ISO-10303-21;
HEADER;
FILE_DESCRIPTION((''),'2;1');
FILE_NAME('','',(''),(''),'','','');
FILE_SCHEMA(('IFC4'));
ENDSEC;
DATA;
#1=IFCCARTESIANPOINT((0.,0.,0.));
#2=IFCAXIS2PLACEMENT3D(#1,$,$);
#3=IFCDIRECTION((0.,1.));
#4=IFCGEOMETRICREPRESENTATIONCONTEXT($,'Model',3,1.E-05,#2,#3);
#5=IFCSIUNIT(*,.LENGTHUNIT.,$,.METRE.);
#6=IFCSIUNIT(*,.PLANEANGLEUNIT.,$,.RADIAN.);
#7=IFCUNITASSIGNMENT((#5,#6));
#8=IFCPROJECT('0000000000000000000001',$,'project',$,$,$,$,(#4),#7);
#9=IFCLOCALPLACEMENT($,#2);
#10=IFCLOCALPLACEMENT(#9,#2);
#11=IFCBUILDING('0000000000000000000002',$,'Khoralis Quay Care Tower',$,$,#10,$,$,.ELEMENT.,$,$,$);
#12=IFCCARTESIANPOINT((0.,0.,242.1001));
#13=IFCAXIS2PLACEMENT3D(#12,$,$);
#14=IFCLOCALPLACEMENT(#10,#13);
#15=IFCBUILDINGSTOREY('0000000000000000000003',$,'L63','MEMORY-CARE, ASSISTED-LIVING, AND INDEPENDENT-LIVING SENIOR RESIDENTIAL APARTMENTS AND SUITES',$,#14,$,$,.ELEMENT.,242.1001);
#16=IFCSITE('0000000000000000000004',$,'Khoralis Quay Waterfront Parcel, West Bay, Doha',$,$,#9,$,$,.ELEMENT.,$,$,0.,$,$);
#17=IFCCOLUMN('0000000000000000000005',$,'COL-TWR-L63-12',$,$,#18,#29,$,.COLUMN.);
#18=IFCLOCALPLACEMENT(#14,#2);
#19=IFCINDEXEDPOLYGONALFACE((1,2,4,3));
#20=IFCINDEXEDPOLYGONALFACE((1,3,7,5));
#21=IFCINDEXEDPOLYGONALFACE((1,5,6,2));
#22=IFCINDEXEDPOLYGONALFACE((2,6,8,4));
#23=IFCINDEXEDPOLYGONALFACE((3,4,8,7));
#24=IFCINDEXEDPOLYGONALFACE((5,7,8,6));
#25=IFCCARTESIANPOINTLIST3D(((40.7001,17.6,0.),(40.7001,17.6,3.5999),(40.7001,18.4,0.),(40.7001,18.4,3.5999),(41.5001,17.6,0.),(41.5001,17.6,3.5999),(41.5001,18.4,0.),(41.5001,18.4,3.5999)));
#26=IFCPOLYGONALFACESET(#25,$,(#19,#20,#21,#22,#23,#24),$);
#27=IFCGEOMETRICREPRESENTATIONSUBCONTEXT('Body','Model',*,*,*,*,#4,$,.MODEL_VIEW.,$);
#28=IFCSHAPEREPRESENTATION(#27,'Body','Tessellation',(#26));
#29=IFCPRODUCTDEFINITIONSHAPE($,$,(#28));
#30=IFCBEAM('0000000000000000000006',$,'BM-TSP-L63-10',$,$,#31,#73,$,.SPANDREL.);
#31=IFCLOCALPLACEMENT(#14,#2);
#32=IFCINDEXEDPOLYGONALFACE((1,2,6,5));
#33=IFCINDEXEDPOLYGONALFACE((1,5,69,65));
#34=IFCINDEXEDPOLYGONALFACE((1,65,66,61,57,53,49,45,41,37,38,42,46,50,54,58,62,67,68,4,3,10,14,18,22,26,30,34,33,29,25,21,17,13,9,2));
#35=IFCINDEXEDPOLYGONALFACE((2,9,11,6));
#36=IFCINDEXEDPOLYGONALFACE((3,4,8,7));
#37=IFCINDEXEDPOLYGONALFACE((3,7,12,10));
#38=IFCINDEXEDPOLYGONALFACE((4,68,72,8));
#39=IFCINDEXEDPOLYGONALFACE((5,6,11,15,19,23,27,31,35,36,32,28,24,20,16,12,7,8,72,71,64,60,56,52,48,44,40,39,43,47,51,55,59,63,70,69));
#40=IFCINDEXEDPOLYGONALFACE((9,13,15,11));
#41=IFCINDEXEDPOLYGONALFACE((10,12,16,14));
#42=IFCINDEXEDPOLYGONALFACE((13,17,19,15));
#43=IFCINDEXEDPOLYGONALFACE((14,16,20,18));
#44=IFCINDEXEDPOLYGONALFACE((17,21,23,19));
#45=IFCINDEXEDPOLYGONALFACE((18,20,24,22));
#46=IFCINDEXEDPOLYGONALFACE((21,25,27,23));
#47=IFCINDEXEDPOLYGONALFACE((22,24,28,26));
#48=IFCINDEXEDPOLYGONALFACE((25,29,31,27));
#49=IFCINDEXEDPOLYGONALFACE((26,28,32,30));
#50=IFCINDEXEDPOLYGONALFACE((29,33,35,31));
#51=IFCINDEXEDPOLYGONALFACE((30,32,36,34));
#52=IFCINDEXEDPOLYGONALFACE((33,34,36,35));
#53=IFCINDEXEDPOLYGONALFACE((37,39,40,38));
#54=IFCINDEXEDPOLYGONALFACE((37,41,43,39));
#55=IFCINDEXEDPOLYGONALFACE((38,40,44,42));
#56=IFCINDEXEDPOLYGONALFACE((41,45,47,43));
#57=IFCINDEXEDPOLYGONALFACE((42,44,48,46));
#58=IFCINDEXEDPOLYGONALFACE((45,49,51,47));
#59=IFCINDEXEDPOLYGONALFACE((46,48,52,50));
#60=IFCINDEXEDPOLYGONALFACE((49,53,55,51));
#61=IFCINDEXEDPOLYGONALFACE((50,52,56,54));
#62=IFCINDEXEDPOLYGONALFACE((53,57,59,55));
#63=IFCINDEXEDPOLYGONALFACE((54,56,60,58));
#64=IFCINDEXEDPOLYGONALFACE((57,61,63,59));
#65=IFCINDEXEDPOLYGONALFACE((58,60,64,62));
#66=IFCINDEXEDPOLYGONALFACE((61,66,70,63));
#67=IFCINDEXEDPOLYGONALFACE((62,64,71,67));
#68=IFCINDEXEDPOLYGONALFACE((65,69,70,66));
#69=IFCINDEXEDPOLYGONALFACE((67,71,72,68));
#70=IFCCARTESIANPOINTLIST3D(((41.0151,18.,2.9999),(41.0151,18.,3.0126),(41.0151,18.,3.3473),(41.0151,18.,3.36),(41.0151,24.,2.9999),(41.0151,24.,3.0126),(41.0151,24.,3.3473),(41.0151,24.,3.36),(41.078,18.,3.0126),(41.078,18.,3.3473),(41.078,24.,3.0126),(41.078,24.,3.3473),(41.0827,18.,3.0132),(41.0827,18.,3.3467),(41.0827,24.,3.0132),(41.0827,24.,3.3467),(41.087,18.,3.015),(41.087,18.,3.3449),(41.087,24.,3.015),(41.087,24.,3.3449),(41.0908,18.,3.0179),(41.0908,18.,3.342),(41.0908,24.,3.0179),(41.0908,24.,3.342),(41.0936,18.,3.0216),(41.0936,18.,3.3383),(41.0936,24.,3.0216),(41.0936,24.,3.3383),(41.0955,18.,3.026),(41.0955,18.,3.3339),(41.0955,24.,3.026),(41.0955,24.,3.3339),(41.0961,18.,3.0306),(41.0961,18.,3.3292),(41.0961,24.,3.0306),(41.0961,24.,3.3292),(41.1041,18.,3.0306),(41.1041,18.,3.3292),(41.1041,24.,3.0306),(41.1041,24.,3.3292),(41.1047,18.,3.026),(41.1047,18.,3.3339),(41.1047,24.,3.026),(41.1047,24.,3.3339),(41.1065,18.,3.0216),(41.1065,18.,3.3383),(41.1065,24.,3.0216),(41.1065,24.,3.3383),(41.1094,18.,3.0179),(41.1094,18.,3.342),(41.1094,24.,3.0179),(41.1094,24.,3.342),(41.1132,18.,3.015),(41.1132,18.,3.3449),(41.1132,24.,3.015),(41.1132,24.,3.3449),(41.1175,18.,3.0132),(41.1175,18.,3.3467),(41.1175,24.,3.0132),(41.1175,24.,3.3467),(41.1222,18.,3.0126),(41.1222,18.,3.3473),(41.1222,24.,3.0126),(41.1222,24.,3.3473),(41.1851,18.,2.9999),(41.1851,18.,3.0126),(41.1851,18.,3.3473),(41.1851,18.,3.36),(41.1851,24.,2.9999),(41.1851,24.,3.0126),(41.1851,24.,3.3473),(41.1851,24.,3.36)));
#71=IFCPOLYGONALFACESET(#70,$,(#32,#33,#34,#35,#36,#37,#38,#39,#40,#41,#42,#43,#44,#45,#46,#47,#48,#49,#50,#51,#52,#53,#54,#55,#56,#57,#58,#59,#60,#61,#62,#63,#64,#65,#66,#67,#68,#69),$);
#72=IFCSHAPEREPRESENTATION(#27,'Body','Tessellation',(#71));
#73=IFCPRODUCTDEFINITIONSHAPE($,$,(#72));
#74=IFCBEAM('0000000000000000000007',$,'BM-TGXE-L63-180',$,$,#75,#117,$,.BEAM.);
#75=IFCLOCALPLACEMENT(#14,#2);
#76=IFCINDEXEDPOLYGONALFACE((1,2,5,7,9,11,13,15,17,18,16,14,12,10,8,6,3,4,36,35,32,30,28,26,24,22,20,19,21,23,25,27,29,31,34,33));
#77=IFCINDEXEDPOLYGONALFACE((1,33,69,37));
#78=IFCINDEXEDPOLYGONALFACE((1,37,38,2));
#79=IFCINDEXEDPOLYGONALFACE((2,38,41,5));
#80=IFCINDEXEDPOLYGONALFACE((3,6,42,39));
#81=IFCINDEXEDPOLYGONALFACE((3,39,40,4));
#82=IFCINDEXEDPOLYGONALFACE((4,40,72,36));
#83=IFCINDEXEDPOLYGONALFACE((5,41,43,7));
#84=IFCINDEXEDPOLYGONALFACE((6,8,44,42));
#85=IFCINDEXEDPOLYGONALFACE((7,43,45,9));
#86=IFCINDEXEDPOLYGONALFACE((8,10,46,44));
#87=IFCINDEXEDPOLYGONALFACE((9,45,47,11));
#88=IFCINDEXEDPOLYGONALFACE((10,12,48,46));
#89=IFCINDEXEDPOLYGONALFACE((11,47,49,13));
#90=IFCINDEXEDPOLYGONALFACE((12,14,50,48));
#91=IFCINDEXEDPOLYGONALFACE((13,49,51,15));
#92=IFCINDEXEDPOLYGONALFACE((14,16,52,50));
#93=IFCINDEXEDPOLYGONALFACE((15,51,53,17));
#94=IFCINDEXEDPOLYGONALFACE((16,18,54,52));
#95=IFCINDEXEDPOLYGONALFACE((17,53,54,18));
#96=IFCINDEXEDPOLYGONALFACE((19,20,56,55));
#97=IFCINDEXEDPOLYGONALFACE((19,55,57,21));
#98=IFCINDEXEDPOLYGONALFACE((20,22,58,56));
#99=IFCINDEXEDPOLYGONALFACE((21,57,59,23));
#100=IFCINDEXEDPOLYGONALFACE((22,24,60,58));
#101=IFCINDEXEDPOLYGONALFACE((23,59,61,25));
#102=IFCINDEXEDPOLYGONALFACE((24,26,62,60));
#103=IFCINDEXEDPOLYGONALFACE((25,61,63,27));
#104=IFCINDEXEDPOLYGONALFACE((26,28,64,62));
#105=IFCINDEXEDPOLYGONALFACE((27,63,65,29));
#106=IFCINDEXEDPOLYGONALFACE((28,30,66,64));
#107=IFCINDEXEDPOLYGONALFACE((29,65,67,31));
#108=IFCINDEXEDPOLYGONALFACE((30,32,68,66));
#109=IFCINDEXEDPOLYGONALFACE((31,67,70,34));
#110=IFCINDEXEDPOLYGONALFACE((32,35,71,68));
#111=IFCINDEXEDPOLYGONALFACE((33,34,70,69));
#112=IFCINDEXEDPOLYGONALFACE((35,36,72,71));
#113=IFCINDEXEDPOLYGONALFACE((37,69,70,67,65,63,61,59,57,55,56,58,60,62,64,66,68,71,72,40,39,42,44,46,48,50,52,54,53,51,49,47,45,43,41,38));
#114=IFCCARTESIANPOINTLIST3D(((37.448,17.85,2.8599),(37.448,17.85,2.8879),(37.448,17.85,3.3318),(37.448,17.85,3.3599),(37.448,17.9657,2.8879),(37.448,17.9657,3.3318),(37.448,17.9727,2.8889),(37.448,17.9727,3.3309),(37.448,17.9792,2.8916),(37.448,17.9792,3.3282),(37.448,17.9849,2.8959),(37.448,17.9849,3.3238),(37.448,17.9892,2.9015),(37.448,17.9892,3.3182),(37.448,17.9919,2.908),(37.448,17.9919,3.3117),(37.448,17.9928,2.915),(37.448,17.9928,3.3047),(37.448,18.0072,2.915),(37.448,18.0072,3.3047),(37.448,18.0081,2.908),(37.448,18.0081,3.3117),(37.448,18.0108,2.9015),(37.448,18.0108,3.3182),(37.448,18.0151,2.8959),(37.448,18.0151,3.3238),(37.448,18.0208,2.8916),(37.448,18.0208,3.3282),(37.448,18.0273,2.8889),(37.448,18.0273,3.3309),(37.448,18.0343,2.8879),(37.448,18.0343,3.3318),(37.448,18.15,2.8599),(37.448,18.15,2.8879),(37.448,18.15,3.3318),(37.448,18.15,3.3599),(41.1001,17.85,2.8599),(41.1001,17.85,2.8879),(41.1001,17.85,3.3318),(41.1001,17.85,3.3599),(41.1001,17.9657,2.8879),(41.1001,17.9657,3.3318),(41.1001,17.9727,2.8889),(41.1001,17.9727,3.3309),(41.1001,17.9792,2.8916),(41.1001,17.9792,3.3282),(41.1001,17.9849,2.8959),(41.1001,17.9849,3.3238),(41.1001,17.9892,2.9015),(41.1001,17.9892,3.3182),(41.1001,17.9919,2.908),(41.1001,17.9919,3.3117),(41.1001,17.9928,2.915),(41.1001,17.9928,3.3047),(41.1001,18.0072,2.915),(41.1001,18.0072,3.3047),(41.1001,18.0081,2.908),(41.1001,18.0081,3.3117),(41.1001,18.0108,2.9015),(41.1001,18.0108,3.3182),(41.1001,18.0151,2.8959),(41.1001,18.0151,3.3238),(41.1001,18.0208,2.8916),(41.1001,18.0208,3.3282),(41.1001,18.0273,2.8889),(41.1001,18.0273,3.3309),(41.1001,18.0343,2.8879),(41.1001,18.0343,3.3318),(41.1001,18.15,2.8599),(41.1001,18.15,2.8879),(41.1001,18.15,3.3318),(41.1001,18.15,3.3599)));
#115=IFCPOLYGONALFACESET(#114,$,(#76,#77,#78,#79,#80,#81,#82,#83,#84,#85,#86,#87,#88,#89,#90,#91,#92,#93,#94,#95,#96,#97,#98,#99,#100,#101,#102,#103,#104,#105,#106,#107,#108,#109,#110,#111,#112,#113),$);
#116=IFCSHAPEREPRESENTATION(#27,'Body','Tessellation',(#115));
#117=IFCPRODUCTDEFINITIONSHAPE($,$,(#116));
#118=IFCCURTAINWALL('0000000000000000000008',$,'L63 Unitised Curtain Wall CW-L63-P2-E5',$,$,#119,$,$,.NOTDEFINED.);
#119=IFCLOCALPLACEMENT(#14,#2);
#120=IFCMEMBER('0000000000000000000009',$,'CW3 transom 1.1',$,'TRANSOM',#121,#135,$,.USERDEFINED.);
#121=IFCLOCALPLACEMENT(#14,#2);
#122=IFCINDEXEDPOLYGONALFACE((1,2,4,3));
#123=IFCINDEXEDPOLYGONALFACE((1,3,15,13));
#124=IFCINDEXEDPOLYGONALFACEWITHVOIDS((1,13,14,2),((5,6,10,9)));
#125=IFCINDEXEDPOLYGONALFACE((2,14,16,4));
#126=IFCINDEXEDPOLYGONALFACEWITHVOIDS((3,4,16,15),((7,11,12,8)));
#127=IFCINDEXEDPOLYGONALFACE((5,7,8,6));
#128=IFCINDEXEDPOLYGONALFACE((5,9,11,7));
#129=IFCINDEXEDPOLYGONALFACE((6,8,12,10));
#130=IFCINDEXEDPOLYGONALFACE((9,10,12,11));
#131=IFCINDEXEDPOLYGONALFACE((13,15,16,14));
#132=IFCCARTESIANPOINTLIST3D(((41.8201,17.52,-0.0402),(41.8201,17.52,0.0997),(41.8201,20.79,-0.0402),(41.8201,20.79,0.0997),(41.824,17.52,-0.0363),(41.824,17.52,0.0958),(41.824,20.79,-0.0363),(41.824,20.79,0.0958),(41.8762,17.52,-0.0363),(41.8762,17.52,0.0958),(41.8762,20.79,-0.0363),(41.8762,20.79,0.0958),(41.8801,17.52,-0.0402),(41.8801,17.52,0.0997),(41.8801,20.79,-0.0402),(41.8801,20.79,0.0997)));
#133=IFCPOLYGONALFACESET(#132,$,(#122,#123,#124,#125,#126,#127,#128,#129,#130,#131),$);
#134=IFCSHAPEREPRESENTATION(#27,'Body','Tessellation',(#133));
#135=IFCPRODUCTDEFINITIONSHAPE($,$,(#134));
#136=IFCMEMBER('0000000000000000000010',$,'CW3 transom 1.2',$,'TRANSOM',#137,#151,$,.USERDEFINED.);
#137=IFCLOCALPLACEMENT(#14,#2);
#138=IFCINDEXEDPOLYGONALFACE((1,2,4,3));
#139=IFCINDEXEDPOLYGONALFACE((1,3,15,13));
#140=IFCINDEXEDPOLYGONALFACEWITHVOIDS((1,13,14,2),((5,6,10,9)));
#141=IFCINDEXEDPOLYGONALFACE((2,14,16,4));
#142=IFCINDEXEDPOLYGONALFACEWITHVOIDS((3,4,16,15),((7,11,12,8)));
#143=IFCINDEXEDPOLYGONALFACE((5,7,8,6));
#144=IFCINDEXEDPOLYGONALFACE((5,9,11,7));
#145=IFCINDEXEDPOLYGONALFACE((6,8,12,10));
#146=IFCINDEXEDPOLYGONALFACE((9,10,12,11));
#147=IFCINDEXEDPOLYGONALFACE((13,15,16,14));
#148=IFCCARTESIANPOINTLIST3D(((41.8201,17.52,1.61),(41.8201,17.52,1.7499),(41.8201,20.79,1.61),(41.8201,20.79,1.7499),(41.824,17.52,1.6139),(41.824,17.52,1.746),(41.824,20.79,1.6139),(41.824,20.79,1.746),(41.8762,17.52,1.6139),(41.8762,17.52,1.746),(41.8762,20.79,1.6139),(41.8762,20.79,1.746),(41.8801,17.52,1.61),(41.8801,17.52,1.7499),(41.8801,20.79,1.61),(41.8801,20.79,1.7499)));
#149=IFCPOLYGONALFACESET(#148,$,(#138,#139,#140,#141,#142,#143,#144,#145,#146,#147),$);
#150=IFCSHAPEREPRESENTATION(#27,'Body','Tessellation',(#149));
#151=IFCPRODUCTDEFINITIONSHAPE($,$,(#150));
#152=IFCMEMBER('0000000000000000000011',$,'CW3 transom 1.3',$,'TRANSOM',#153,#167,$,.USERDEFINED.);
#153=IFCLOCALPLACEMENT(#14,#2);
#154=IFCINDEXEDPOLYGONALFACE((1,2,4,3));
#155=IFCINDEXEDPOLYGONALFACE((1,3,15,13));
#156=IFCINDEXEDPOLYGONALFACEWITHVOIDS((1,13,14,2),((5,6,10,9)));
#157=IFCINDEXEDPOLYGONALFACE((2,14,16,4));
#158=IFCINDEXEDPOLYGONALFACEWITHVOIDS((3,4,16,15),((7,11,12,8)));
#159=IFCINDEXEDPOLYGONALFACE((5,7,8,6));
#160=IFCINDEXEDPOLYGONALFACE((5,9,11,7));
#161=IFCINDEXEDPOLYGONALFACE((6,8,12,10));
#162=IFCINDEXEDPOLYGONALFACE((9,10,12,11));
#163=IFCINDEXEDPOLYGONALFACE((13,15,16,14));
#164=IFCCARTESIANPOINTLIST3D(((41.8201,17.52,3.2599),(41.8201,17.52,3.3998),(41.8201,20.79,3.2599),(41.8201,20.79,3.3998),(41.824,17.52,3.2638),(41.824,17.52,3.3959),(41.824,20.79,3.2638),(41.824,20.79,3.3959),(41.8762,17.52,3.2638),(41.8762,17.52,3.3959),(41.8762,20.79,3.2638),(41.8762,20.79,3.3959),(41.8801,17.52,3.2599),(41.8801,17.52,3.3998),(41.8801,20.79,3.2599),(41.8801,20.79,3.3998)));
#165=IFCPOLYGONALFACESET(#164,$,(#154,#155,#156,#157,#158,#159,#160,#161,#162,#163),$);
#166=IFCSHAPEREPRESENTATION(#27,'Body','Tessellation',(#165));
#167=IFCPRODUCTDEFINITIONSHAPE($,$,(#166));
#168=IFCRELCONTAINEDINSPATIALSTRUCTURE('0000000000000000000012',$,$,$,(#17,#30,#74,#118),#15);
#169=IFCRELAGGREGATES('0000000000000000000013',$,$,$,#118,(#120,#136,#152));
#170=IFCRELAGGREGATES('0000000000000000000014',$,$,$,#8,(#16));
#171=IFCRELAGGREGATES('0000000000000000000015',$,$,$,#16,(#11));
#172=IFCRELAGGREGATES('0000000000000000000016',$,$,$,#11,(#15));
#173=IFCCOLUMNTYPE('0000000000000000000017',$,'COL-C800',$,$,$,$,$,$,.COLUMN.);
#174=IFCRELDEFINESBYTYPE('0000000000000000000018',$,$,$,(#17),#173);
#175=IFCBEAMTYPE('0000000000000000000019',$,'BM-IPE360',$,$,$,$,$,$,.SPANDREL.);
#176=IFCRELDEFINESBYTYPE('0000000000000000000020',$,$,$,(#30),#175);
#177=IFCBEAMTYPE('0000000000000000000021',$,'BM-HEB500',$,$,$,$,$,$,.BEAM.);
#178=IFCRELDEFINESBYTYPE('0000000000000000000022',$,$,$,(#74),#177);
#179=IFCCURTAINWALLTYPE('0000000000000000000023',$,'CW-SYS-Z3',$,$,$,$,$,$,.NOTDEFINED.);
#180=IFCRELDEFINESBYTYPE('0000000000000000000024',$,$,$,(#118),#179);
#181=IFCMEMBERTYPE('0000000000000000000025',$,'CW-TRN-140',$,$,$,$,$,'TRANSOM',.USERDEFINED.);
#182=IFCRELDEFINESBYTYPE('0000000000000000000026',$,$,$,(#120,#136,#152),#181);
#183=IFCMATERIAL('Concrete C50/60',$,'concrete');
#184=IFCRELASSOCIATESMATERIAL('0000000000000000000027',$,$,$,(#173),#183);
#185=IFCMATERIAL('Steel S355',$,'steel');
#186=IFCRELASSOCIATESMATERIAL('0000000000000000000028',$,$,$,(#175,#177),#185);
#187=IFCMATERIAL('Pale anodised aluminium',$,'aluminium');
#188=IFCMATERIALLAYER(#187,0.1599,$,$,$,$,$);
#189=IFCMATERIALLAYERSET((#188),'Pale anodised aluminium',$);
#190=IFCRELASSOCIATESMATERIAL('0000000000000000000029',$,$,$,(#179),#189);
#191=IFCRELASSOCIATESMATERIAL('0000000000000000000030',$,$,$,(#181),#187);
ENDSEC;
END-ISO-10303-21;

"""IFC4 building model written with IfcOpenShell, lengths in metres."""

from ifc_helpers import new_model, si_unit, direction, frame, origin, origin_2d, place, context, subcontext, project, spatial, rectangle, hollow_rectangle, i_section, extrude, source, transform, mapped, material, layer, layer_set, material_profile, profile_set, type_object, element, aggregate, save


model = new_model("IFC4")

# Units and contexts
model_context = context("Model", 3, precision=1e-05, world=origin(), true_north=direction((0.0, 1.0)))
body_context = subcontext(model_context, "Body", "Model", "MODEL_VIEW")
ifc_project = project(units=[si_unit("LENGTHUNIT", "METRE"), si_unit("PLANEANGLEUNIT", "RADIAN")], contexts=[model_context])

# Site, building, storey
site_placement = place(None, origin())
site = spatial("IfcSite", under=ifc_project, at=site_placement, Name="Khoralis Quay Waterfront Parcel, West Bay, Doha", CompositionType="ELEMENT", RefElevation=0.0)
building_placement = place(site_placement, origin())
building = spatial("IfcBuilding", under=site, at=building_placement, Name="Khoralis Quay Care Tower", CompositionType="ELEMENT")
storey_placement = place(building_placement, frame((0.0, 0.0, 242.1001)))
storey = spatial("IfcBuildingStorey", under=building, at=storey_placement, Name="L63", Description="MEMORY-CARE, ASSISTED-LIVING, AND INDEPENDENT-LIVING SENIOR RESIDENTIAL APARTMENTS AND SUITES", CompositionType="ELEMENT", Elevation=242.1001)

# Column
ifc_material_1 = material(Name="Concrete C50/60", Category="concrete")
ifc_material_profile_1 = material_profile(ifc_material_1, rectangle(XDim=0.8, YDim=0.8, at=origin_2d()), Name="Concrete C50/60")
ifc_profile_set_1 = profile_set([ifc_material_profile_1], Name="Concrete C50/60")
column_type = type_object("IfcColumnType", Name="COL-C800", PredefinedType="COLUMN", material=ifc_profile_set_1)
shared_shape_1 = source(origin(), body_context, "Body", "SweptSolid", [
    extrude(rectangle(XDim=0.8, YDim=0.8, at=origin_2d()), origin(), (0.0, 0.0, 1.0), 3.5999),
])
column_placement = place(storey_placement, frame((41.1001, 18.0, 0.0), z_axis=(0.0, 0.0, 1.0), x_axis=(1.0, 0.0, 0.0)))
element("IfcColumn", 1, at=column_placement, inside=storey, type_object=column_type, Name="COL-TWR-L63-12", PredefinedType="COLUMN", context=body_context, shape_type="MappedRepresentation", body=[
    mapped(shared_shape_1, transform((0.0, 0.0, 0.0), scale=1.0)),
])

# Beams
ifc_material_2 = material(Name="Steel S355", Category="steel")
ifc_material_profile_2 = material_profile(ifc_material_2, i_section(OverallWidth=0.1699, OverallDepth=0.3601, WebThickness=0.0081, FlangeThickness=0.0127, FilletRadius=0.0181, at=origin_2d()), Name="Steel S355")
ifc_profile_set_2 = profile_set([ifc_material_profile_2], Name="Steel S355")
beam_type_1 = type_object("IfcBeamType", Name="BM-IPE360", PredefinedType="SPANDREL", material=ifc_profile_set_2)
shared_shape_2 = source(origin(), body_context, "Body", "SweptSolid", [
    extrude(i_section(OverallWidth=0.1699, OverallDepth=0.3601, WebThickness=0.0081, FlangeThickness=0.0127, FilletRadius=0.0181, at=origin_2d()), origin(), (0.0, 0.0, 1.0), 6.0),
])
beam_1_placement = place(storey_placement, frame((41.1001, 18.0, 3.1799), z_axis=(0.0, 1.0, 0.0), x_axis=(-1.0, 0.0, 0.0)))
element("IfcBeam", 2, at=beam_1_placement, inside=storey, type_object=beam_type_1, Name="BM-TSP-L63-10", PredefinedType="SPANDREL", context=body_context, shape_type="MappedRepresentation", body=[
    mapped(shared_shape_2, transform((0.0, 0.0, 0.0), scale=1.0)),
])
ifc_material_profile_3 = material_profile(ifc_material_2, i_section(OverallWidth=0.3, OverallDepth=0.5, WebThickness=0.0144, FlangeThickness=0.0281, FilletRadius=0.0271, at=origin_2d()), Name="Steel S355")
ifc_profile_set_3 = profile_set([ifc_material_profile_3], Name="Steel S355")
beam_type_2 = type_object("IfcBeamType", Name="BM-HEB500", PredefinedType="BEAM", material=ifc_profile_set_3)
shared_shape_3 = source(origin(), body_context, "Body", "SweptSolid", [
    extrude(i_section(OverallWidth=0.3, OverallDepth=0.5, WebThickness=0.0144, FlangeThickness=0.0281, FilletRadius=0.0271, at=origin_2d()), origin(), (0.0, 0.0, 1.0), 3.6521),
])
beam_2_placement = place(storey_placement, frame((37.448, 18.0, 3.1099), z_axis=(1.0, 0.0, 0.0), x_axis=(0.0, 1.0, 0.0)))
element("IfcBeam", 3, at=beam_2_placement, inside=storey, type_object=beam_type_2, Name="BM-TGXE-L63-180", PredefinedType="BEAM", context=body_context, shape_type="MappedRepresentation", body=[
    mapped(shared_shape_3, transform((0.0, 0.0, 0.0), scale=1.0)),
])

# Curtain wall, members
ifc_material_3 = material(Name="Pale anodised aluminium", Category="aluminium")
ifc_layer_1 = layer(ifc_material_3, 0.1599)
ifc_layer_set_1 = layer_set([ifc_layer_1], Name="Pale anodised aluminium")
curtain_wall_type = type_object("IfcCurtainWallType", Name="CW-SYS-Z3", PredefinedType="NOTDEFINED", material=ifc_layer_set_1)
curtain_wall_placement = place(storey_placement, origin())
curtain_wall = element("IfcCurtainWall", 4, at=curtain_wall_placement, inside=storey, type_object=curtain_wall_type, Name="L63 Unitised Curtain Wall CW-L63-P2-E5", PredefinedType="NOTDEFINED")
ifc_material_profile_4 = material_profile(ifc_material_3, hollow_rectangle(XDim=0.0601, YDim=0.1399, WallThickness=0.0039, at=origin_2d()), Name="Pale anodised aluminium")
ifc_profile_set_4 = profile_set([ifc_material_profile_4], Name="Pale anodised aluminium")
member_type_1 = type_object("IfcMemberType", Name="CW-TRN-140", ElementType="TRANSOM", PredefinedType="USERDEFINED", material=ifc_profile_set_4)
shared_shape_4 = source(origin(), body_context, "Body", "SweptSolid", [
    extrude(hollow_rectangle(XDim=0.0601, YDim=0.1399, WallThickness=0.0039, at=origin_2d()), origin(), (0.0, 0.0, 1.0), 3.27),
])
member_1_placement = place(storey_placement, frame((41.8501, 17.52, 0.0298), z_axis=(0.0, 1.0, 0.0), x_axis=(-1.0, 0.0, 0.0)))
member_1 = element("IfcMember", 5, at=member_1_placement, type_object=member_type_1, Name="CW3 transom 1.1", ObjectType="TRANSOM", PredefinedType="USERDEFINED", context=body_context, shape_type="MappedRepresentation", body=[
    mapped(shared_shape_4, transform((0.0, 0.0, 0.0), scale=1.0)),
])
member_2_placement = place(storey_placement, frame((41.8501, 17.52, 1.6799), z_axis=(0.0, 1.0, 0.0), x_axis=(-1.0, 0.0, 0.0)))
member_2 = element("IfcMember", 6, at=member_2_placement, type_object=member_type_1, Name="CW3 transom 1.2", ObjectType="TRANSOM", PredefinedType="USERDEFINED", context=body_context, shape_type="MappedRepresentation", body=[
    mapped(shared_shape_4, transform((0.0, 0.0, 0.0), scale=1.0)),
])
member_3_placement = place(storey_placement, frame((41.8501, 17.52, 3.3298), z_axis=(0.0, 1.0, 0.0), x_axis=(-1.0, 0.0, 0.0)))
member_3 = element("IfcMember", 7, at=member_3_placement, type_object=member_type_1, Name="CW3 transom 1.3", ObjectType="TRANSOM", PredefinedType="USERDEFINED", context=body_context, shape_type="MappedRepresentation", body=[
    mapped(shared_shape_4, transform((0.0, 0.0, 0.0), scale=1.0)),
])
aggregate(curtain_wall, [member_1, member_2, member_3])

save(model, "model.ifc")
